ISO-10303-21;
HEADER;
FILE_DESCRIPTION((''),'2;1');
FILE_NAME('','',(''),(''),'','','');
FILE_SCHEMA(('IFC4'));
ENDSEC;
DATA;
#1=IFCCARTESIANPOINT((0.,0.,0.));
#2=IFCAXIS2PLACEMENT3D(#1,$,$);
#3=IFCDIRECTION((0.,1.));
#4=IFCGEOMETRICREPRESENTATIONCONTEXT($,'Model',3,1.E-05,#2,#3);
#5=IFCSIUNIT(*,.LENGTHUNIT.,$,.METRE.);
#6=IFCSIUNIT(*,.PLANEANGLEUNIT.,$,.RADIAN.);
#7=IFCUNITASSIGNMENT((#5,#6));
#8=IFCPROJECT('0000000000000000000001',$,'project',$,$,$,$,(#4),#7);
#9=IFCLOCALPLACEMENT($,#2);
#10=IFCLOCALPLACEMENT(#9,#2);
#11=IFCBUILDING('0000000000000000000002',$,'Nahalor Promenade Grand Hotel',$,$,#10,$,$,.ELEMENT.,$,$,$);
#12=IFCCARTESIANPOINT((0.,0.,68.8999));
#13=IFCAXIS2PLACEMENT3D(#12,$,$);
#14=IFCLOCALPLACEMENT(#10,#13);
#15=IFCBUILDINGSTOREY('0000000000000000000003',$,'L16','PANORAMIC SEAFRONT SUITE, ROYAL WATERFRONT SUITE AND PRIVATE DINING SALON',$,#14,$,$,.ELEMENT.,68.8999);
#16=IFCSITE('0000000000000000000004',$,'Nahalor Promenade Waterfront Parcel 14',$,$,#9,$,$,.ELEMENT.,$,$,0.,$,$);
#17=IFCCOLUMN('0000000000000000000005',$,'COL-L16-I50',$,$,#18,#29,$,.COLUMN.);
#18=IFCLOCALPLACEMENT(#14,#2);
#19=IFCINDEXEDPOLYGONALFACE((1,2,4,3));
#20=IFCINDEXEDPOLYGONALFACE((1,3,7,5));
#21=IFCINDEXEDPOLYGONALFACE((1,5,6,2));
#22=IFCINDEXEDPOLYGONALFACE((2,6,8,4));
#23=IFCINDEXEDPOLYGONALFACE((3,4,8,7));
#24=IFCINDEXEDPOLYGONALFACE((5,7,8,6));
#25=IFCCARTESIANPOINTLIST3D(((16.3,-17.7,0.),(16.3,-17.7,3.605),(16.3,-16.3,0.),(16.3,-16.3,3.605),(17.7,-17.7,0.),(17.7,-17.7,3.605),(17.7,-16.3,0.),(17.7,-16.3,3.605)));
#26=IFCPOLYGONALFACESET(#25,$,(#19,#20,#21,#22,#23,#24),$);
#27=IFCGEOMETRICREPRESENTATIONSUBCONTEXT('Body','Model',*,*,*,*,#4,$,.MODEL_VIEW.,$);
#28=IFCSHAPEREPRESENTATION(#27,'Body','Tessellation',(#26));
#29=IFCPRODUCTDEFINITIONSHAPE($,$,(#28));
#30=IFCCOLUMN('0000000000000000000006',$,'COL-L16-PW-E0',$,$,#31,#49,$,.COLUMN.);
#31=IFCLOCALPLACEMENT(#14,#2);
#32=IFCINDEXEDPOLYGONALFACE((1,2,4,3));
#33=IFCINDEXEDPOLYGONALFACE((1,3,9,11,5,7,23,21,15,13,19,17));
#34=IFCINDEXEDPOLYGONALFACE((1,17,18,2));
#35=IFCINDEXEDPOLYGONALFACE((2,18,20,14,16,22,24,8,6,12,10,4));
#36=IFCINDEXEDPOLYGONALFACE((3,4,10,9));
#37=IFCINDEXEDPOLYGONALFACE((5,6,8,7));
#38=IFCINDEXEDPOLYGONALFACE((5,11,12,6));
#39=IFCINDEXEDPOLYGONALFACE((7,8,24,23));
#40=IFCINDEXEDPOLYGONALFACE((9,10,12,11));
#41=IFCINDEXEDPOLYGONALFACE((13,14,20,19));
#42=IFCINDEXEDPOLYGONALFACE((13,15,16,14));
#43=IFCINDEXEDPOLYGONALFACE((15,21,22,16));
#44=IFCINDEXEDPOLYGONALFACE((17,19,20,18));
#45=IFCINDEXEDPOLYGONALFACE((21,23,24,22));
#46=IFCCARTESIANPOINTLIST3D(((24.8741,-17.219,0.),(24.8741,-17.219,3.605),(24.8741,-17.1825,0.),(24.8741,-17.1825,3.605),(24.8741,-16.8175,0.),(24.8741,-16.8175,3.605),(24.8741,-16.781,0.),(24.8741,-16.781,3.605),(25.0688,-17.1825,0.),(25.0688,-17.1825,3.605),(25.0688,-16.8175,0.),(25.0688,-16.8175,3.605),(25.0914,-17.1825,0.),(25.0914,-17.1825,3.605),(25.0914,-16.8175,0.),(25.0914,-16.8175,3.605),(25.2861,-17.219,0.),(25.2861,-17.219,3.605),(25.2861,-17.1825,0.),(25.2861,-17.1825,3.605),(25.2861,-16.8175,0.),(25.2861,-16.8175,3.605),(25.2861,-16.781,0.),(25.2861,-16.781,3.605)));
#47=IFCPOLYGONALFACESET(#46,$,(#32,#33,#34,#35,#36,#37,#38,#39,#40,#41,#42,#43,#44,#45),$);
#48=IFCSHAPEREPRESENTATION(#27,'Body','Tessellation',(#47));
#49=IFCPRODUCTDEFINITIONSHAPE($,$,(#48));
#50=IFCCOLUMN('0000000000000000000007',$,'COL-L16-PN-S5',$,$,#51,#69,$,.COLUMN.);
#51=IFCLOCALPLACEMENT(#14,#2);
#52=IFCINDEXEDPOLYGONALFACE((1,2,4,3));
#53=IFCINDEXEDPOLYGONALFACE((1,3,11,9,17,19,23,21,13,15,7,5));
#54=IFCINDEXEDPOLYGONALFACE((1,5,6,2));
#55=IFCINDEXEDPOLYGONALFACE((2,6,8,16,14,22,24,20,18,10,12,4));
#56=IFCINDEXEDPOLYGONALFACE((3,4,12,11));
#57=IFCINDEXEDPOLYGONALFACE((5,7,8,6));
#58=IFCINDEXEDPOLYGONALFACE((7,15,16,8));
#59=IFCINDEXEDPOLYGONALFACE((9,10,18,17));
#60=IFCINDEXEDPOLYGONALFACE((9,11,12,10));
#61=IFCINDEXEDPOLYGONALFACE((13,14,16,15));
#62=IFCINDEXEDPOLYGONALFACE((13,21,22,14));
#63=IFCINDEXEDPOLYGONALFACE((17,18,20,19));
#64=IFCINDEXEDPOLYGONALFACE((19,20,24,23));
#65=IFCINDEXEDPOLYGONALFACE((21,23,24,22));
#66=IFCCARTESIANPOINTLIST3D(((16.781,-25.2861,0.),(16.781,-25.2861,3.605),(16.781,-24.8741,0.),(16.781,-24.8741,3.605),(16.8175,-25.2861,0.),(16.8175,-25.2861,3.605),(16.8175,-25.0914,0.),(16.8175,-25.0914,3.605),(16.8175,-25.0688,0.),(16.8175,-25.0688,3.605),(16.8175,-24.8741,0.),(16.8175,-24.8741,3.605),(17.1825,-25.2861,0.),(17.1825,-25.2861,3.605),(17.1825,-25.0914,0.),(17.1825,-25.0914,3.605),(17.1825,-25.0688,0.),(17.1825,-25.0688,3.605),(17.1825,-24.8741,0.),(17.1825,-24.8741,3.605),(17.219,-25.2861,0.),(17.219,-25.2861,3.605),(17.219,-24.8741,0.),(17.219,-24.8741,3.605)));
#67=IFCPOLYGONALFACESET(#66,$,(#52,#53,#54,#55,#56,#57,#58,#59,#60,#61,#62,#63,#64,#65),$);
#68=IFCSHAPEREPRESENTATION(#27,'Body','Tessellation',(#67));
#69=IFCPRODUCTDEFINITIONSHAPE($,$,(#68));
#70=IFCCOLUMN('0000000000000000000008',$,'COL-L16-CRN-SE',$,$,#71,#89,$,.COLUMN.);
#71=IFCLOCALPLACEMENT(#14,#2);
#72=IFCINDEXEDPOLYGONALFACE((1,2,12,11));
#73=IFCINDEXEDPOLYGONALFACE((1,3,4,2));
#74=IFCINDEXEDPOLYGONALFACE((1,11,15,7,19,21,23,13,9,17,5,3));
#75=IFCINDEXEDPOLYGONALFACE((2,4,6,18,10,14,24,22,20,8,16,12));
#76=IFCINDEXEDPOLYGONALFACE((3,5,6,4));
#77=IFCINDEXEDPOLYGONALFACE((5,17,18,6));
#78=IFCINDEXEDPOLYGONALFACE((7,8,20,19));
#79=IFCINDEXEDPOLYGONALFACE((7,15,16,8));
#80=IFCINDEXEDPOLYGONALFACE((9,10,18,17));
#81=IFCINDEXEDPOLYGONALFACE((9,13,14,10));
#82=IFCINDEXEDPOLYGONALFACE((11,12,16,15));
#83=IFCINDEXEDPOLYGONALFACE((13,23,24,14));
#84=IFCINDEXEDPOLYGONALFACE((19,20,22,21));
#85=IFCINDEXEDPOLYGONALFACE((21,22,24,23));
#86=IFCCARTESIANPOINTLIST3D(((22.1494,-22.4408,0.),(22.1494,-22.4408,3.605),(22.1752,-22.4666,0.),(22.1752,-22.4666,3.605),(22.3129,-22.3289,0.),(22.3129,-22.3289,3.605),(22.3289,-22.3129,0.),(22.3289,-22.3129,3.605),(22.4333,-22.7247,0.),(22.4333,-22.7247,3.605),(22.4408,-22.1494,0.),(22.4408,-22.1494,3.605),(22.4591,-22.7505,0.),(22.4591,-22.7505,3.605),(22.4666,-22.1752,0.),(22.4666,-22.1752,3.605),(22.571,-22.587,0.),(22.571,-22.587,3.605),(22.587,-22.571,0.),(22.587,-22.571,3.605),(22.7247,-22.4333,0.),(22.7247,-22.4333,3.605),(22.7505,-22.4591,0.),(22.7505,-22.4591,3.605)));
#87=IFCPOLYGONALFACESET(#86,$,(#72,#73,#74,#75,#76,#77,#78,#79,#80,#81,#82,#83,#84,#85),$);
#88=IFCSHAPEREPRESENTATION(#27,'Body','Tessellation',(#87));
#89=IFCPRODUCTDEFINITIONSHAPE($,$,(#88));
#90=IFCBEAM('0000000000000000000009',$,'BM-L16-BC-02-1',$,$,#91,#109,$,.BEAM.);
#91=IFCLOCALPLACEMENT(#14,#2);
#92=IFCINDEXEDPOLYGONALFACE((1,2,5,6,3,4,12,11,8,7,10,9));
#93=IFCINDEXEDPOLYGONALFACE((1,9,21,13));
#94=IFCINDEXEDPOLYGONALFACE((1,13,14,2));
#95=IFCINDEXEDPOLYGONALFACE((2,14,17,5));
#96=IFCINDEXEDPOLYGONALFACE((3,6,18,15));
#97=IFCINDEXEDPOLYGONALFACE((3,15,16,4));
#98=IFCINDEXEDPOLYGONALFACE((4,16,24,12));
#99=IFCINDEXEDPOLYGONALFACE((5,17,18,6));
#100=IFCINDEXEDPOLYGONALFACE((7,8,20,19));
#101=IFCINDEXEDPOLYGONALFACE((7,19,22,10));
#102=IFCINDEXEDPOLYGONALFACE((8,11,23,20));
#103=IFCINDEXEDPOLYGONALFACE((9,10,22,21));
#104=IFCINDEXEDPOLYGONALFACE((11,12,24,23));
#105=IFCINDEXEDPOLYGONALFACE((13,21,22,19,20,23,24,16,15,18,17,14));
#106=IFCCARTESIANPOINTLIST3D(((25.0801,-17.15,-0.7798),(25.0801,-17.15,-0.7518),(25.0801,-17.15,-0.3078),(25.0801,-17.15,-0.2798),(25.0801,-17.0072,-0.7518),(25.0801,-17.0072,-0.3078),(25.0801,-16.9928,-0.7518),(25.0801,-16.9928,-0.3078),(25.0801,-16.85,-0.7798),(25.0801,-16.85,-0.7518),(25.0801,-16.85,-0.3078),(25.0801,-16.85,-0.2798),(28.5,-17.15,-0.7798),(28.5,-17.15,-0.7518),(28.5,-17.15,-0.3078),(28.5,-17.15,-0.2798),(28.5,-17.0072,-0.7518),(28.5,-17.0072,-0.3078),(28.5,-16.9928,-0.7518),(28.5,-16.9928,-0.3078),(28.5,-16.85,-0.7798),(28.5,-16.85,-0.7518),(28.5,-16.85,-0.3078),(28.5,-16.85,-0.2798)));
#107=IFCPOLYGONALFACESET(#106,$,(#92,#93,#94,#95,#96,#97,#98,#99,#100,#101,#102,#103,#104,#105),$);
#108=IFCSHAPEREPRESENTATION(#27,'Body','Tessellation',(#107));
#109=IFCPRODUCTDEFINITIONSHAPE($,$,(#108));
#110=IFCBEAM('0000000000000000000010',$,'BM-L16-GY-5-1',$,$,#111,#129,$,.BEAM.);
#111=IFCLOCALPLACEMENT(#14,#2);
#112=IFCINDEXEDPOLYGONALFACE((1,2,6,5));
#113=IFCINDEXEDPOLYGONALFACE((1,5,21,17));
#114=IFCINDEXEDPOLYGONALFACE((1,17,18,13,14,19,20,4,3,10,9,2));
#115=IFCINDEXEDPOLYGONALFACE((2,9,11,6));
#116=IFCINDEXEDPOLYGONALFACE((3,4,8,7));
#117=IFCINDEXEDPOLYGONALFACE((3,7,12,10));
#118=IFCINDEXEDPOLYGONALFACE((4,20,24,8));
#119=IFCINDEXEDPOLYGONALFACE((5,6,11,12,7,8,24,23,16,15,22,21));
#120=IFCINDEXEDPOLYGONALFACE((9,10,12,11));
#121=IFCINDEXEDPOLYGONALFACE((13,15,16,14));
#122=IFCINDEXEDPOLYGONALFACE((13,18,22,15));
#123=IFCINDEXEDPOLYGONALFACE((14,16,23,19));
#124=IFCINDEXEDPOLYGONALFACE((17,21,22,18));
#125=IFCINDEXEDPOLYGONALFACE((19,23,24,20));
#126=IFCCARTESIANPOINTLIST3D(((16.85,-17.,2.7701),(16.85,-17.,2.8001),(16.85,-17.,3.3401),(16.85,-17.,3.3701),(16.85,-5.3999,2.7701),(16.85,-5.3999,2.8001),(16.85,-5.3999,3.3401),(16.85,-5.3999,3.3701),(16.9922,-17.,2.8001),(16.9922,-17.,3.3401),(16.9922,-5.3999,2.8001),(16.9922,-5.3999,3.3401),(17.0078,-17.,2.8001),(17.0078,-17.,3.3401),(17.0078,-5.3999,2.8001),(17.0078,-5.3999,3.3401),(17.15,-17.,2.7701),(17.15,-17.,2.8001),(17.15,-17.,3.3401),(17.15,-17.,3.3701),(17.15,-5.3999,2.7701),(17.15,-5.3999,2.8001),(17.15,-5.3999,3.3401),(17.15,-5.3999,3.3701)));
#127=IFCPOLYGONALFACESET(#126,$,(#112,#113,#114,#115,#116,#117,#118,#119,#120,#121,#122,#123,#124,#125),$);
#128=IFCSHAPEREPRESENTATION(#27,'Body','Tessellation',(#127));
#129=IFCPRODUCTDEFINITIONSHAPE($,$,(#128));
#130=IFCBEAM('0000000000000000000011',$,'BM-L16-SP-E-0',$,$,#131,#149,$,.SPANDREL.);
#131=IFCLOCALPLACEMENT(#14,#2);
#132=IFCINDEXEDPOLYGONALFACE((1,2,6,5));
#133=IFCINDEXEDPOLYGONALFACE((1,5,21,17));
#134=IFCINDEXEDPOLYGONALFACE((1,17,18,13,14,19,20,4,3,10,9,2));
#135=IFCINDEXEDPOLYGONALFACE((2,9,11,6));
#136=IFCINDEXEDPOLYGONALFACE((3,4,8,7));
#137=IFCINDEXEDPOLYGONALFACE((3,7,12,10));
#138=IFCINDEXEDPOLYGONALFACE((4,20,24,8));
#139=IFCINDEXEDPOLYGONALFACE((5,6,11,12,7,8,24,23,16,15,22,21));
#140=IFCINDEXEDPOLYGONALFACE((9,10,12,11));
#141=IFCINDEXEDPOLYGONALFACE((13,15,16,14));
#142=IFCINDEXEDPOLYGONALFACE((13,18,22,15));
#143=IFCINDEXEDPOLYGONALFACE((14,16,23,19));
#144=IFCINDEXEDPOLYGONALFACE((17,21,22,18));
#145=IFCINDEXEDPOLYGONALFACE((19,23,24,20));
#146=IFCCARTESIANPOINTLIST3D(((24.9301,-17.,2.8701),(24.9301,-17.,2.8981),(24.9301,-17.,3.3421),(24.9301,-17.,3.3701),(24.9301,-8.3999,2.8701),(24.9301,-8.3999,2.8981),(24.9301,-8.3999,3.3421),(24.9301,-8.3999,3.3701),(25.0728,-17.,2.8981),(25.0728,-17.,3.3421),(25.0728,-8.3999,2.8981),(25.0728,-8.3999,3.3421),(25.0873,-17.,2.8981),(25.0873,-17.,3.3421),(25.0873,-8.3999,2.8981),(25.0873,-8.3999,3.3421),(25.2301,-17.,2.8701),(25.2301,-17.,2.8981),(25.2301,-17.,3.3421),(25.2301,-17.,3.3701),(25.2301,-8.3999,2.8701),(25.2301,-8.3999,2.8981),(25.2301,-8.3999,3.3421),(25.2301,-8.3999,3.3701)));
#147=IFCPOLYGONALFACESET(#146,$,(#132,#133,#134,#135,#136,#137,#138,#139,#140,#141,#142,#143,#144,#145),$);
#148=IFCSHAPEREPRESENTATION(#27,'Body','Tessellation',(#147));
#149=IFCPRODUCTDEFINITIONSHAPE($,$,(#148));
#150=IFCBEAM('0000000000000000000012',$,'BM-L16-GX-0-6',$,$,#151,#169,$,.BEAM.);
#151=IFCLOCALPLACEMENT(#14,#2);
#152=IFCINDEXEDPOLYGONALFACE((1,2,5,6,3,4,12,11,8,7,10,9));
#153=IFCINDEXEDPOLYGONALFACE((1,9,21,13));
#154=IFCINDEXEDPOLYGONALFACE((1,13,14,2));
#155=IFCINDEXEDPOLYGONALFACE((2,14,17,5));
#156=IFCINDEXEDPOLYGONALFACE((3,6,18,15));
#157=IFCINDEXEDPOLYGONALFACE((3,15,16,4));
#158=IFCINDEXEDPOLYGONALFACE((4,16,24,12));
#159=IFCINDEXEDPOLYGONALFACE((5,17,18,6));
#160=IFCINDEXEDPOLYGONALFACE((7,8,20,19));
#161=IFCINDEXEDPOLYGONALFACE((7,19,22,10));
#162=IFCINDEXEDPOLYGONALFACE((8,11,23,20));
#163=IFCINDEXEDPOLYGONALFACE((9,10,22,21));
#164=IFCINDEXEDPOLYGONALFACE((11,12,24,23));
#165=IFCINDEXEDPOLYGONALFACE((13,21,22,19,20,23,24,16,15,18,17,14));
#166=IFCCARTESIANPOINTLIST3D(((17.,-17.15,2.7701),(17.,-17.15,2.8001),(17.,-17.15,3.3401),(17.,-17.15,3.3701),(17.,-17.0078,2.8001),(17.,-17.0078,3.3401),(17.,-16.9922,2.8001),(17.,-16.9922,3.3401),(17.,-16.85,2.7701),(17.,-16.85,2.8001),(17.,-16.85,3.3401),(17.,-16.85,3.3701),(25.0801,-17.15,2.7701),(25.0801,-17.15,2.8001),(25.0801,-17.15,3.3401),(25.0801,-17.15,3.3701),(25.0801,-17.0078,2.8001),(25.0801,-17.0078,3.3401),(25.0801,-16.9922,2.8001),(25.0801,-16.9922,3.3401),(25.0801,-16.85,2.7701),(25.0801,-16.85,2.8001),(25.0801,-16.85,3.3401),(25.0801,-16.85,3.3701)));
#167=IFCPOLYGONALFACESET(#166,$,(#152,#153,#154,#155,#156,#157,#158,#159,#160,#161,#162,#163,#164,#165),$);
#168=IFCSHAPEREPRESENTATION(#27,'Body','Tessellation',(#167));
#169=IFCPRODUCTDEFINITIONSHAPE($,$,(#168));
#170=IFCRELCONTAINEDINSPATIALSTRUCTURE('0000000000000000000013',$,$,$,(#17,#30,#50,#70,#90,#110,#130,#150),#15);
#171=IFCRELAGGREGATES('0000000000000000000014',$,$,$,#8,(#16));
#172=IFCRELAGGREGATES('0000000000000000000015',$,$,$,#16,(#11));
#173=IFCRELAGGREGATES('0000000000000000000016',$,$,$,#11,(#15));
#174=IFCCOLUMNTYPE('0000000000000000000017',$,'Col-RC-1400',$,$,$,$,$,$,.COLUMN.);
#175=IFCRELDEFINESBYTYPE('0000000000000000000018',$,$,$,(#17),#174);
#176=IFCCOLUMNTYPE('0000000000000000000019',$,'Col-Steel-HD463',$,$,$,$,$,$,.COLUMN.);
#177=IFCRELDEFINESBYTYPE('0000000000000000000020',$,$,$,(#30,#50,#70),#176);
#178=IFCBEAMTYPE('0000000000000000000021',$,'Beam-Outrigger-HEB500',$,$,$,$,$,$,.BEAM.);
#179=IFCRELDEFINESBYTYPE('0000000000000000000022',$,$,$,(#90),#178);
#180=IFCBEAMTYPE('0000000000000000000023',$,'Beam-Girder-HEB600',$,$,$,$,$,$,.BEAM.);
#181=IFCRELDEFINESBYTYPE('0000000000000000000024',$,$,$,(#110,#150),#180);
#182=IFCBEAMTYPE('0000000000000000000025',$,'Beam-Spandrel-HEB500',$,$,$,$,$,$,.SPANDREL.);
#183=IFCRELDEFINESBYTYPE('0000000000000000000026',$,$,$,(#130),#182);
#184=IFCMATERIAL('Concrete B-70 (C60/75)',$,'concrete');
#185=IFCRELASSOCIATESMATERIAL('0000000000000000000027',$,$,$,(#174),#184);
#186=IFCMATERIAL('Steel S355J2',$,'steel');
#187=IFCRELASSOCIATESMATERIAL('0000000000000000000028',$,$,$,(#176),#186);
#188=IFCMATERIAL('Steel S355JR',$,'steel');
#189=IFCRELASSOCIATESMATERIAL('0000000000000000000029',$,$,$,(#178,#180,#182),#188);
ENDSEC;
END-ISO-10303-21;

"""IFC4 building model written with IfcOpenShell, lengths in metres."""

from ifc_helpers import new_model, si_unit, direction, frame, origin, origin_2d, place, context, subcontext, project, spatial, rectangle, i_section, extrude, source, transform, mapped, material, material_profile, profile_set, type_object, element, save


model = new_model("IFC4")

# Units and contexts
model_context = context("Model", 3, precision=1e-05, world=origin(), true_north=direction((0.0, 1.0)))
body_context = subcontext(model_context, "Body", "Model", "MODEL_VIEW")
ifc_project = project(units=[si_unit("LENGTHUNIT", "METRE"), si_unit("PLANEANGLEUNIT", "RADIAN")], contexts=[model_context])

# Site, building, storey
site_placement = place(None, origin())
site = spatial("IfcSite", under=ifc_project, at=site_placement, Name="Nahalor Promenade Waterfront Parcel 14", CompositionType="ELEMENT", RefElevation=0.0)
building_placement = place(site_placement, origin())
building = spatial("IfcBuilding", under=site, at=building_placement, Name="Nahalor Promenade Grand Hotel", CompositionType="ELEMENT")
storey_placement = place(building_placement, frame((0.0, 0.0, 68.8999)))
storey = spatial("IfcBuildingStorey", under=building, at=storey_placement, Name="L16", Description="PANORAMIC SEAFRONT SUITE, ROYAL WATERFRONT SUITE AND PRIVATE DINING SALON", CompositionType="ELEMENT", Elevation=68.8999)

# Columns
ifc_material_1 = material(Name="Concrete B-70 (C60/75)", Category="concrete")
ifc_material_profile_1 = material_profile(ifc_material_1, rectangle(XDim=1.4, YDim=1.4, at=origin_2d()), Name="RC 1400x1400")
ifc_profile_set_1 = profile_set([ifc_material_profile_1], Name="Concrete B-70 (C60/75)")
column_type_1 = type_object("IfcColumnType", Name="Col-RC-1400", PredefinedType="COLUMN", material=ifc_profile_set_1)
shared_shape_1 = source(origin(), body_context, "Body", "SweptSolid", [
    extrude(rectangle(XDim=1.4, YDim=1.4, at=origin_2d()), origin(), (0.0, 0.0, 1.0), 3.605),
])
column_placement = place(storey_placement, frame((17.0, -17.0, 0.0), z_axis=(0.0, 0.0, 1.0), x_axis=(1.0, 0.0, 0.0)))
element("IfcColumn", 1, at=column_placement, inside=storey, type_object=column_type_1, Name="COL-L16-I50", PredefinedType="COLUMN", context=body_context, shape_type="MappedRepresentation", body=[
    mapped(shared_shape_1, transform((0.0, 0.0, 0.0), scale=1.0)),
])
ifc_material_2 = material(Name="Steel S355J2", Category="steel")
ifc_material_profile_2 = material_profile(ifc_material_2, i_section(OverallWidth=0.412, OverallDepth=0.438, WebThickness=0.0226, FlangeThickness=0.0365, at=origin_2d()), Name="HD 400x463")
ifc_profile_set_2 = profile_set([ifc_material_profile_2], Name="Steel S355J2")
column_type_2 = type_object("IfcColumnType", Name="Col-Steel-HD463", PredefinedType="COLUMN", material=ifc_profile_set_2)
shared_shape_2 = source(origin(), body_context, "Body", "SweptSolid", [
    extrude(i_section(OverallWidth=0.412, OverallDepth=0.438, WebThickness=0.0226, FlangeThickness=0.0365, at=origin_2d()), origin(), (0.0, 0.0, 1.0), 3.605),
])
for number, where, z_axis, x_axis, name in (
    (2, (25.0801, -17.0, 0.0), (0.0, 0.0, 1.0), (1.0, 0.0, 0.0), "COL-L16-PW-E0"),
    (3, (17.0, -25.0801, 0.0), (0.0, 0.0, 1.0), (0.0, 1.0, 0.0), "COL-L16-PN-S5"),
    (4, (22.45, -22.45, 0.0), (0.0, 0.0, 1.0), (0.707107, 0.707107, 0.0), "COL-L16-CRN-SE"),
):
    element("IfcColumn", number, at=place(storey_placement, frame(where, z_axis=z_axis, x_axis=x_axis)), inside=storey, type_object=column_type_2, Name=name, PredefinedType="COLUMN", context=body_context, shape_type="MappedRepresentation", body=[
        mapped(shared_shape_2, transform((0.0, 0.0, 0.0), scale=1.0)),
    ])

# Beams
ifc_material_3 = material(Name="Steel S355JR", Category="steel")
ifc_material_profile_3 = material_profile(ifc_material_3, i_section(OverallWidth=0.3, OverallDepth=0.5, WebThickness=0.0145, FlangeThickness=0.028, at=origin_2d()), Name="HEB 500")
ifc_profile_set_3 = profile_set([ifc_material_profile_3], Name="Steel S355JR")
beam_type_1 = type_object("IfcBeamType", Name="Beam-Outrigger-HEB500", PredefinedType="BEAM", material=ifc_profile_set_3)
shared_shape_3 = source(origin(), body_context, "Body", "SweptSolid", [
    extrude(i_section(OverallWidth=0.3, OverallDepth=0.5, WebThickness=0.0145, FlangeThickness=0.028, at=origin_2d()), origin(), (0.0, 0.0, 1.0), 3.4199),
])
beam_1_placement = place(storey_placement, frame((25.0801, -17.0, -0.5298), z_axis=(1.0, 0.0, 0.0), x_axis=(0.0, 1.0, 0.0)))
element("IfcBeam", 5, at=beam_1_placement, inside=storey, type_object=beam_type_1, Name="BM-L16-BC-02-1", PredefinedType="BEAM", context=body_context, shape_type="MappedRepresentation", body=[
    mapped(shared_shape_3, transform((0.0, 0.0, 0.0), scale=1.0)),
])
ifc_material_profile_4 = material_profile(ifc_material_3, i_section(OverallWidth=0.3, OverallDepth=0.6, WebThickness=0.0155, FlangeThickness=0.03, at=origin_2d()), Name="HEB 600")
ifc_profile_set_4 = profile_set([ifc_material_profile_4], Name="Steel S355JR")
beam_type_2 = type_object("IfcBeamType", Name="Beam-Girder-HEB600", PredefinedType="BEAM", material=ifc_profile_set_4)
shared_shape_4 = source(origin(), body_context, "Body", "SweptSolid", [
    extrude(i_section(OverallWidth=0.3, OverallDepth=0.6, WebThickness=0.0155, FlangeThickness=0.03, at=origin_2d()), origin(), (0.0, 0.0, 1.0), 11.6001),
])
beam_2_placement = place(storey_placement, frame((17.0, -17.0, 3.0701), z_axis=(0.0, 1.0, 0.0), x_axis=(-1.0, 0.0, 0.0)))
element("IfcBeam", 6, at=beam_2_placement, inside=storey, type_object=beam_type_2, Name="BM-L16-GY-5-1", PredefinedType="BEAM", context=body_context, shape_type="MappedRepresentation", body=[
    mapped(shared_shape_4, transform((0.0, 0.0, 0.0), scale=1.0)),
])
ifc_material_profile_5 = material_profile(ifc_material_3, i_section(OverallWidth=0.3, OverallDepth=0.5, WebThickness=0.0145, FlangeThickness=0.028, at=origin_2d()), Name="HEB 500")
ifc_profile_set_5 = profile_set([ifc_material_profile_5], Name="Steel S355JR")
beam_type_3 = type_object("IfcBeamType", Name="Beam-Spandrel-HEB500", PredefinedType="SPANDREL", material=ifc_profile_set_5)
shared_shape_5 = source(origin(), body_context, "Body", "SweptSolid", [
    extrude(i_section(OverallWidth=0.3, OverallDepth=0.5, WebThickness=0.0145, FlangeThickness=0.028, at=origin_2d()), origin(), (0.0, 0.0, 1.0), 8.6001),
])
beam_3_placement = place(storey_placement, frame((25.0801, -17.0, 3.1201), z_axis=(0.0, 1.0, 0.0), x_axis=(-1.0, 0.0, 0.0)))
element("IfcBeam", 7, at=beam_3_placement, inside=storey, type_object=beam_type_3, Name="BM-L16-SP-E-0", PredefinedType="SPANDREL", context=body_context, shape_type="MappedRepresentation", body=[
    mapped(shared_shape_5, transform((0.0, 0.0, 0.0), scale=1.0)),
])
shared_shape_6 = source(origin(), body_context, "Body", "SweptSolid", [
    extrude(i_section(OverallWidth=0.3, OverallDepth=0.6, WebThickness=0.0155, FlangeThickness=0.03, at=origin_2d()), origin(), (0.0, 0.0, 1.0), 8.0801),
])
for number, where, z_axis, x_axis, name in (
    (8, (17.0, -17.0, 3.0701), (1.0, 0.0, 0.0), (0.0, 1.0, 0.0), "BM-L16-GX-0-6"),
):
    element("IfcBeam", number, at=place(storey_placement, frame(where, z_axis=z_axis, x_axis=x_axis)), inside=storey, type_object=beam_type_2, Name=name, PredefinedType="BEAM", context=body_context, shape_type="MappedRepresentation", body=[
        mapped(shared_shape_6, transform((0.0, 0.0, 0.0), scale=1.0)),
    ])

save(model, "model.ifc")
